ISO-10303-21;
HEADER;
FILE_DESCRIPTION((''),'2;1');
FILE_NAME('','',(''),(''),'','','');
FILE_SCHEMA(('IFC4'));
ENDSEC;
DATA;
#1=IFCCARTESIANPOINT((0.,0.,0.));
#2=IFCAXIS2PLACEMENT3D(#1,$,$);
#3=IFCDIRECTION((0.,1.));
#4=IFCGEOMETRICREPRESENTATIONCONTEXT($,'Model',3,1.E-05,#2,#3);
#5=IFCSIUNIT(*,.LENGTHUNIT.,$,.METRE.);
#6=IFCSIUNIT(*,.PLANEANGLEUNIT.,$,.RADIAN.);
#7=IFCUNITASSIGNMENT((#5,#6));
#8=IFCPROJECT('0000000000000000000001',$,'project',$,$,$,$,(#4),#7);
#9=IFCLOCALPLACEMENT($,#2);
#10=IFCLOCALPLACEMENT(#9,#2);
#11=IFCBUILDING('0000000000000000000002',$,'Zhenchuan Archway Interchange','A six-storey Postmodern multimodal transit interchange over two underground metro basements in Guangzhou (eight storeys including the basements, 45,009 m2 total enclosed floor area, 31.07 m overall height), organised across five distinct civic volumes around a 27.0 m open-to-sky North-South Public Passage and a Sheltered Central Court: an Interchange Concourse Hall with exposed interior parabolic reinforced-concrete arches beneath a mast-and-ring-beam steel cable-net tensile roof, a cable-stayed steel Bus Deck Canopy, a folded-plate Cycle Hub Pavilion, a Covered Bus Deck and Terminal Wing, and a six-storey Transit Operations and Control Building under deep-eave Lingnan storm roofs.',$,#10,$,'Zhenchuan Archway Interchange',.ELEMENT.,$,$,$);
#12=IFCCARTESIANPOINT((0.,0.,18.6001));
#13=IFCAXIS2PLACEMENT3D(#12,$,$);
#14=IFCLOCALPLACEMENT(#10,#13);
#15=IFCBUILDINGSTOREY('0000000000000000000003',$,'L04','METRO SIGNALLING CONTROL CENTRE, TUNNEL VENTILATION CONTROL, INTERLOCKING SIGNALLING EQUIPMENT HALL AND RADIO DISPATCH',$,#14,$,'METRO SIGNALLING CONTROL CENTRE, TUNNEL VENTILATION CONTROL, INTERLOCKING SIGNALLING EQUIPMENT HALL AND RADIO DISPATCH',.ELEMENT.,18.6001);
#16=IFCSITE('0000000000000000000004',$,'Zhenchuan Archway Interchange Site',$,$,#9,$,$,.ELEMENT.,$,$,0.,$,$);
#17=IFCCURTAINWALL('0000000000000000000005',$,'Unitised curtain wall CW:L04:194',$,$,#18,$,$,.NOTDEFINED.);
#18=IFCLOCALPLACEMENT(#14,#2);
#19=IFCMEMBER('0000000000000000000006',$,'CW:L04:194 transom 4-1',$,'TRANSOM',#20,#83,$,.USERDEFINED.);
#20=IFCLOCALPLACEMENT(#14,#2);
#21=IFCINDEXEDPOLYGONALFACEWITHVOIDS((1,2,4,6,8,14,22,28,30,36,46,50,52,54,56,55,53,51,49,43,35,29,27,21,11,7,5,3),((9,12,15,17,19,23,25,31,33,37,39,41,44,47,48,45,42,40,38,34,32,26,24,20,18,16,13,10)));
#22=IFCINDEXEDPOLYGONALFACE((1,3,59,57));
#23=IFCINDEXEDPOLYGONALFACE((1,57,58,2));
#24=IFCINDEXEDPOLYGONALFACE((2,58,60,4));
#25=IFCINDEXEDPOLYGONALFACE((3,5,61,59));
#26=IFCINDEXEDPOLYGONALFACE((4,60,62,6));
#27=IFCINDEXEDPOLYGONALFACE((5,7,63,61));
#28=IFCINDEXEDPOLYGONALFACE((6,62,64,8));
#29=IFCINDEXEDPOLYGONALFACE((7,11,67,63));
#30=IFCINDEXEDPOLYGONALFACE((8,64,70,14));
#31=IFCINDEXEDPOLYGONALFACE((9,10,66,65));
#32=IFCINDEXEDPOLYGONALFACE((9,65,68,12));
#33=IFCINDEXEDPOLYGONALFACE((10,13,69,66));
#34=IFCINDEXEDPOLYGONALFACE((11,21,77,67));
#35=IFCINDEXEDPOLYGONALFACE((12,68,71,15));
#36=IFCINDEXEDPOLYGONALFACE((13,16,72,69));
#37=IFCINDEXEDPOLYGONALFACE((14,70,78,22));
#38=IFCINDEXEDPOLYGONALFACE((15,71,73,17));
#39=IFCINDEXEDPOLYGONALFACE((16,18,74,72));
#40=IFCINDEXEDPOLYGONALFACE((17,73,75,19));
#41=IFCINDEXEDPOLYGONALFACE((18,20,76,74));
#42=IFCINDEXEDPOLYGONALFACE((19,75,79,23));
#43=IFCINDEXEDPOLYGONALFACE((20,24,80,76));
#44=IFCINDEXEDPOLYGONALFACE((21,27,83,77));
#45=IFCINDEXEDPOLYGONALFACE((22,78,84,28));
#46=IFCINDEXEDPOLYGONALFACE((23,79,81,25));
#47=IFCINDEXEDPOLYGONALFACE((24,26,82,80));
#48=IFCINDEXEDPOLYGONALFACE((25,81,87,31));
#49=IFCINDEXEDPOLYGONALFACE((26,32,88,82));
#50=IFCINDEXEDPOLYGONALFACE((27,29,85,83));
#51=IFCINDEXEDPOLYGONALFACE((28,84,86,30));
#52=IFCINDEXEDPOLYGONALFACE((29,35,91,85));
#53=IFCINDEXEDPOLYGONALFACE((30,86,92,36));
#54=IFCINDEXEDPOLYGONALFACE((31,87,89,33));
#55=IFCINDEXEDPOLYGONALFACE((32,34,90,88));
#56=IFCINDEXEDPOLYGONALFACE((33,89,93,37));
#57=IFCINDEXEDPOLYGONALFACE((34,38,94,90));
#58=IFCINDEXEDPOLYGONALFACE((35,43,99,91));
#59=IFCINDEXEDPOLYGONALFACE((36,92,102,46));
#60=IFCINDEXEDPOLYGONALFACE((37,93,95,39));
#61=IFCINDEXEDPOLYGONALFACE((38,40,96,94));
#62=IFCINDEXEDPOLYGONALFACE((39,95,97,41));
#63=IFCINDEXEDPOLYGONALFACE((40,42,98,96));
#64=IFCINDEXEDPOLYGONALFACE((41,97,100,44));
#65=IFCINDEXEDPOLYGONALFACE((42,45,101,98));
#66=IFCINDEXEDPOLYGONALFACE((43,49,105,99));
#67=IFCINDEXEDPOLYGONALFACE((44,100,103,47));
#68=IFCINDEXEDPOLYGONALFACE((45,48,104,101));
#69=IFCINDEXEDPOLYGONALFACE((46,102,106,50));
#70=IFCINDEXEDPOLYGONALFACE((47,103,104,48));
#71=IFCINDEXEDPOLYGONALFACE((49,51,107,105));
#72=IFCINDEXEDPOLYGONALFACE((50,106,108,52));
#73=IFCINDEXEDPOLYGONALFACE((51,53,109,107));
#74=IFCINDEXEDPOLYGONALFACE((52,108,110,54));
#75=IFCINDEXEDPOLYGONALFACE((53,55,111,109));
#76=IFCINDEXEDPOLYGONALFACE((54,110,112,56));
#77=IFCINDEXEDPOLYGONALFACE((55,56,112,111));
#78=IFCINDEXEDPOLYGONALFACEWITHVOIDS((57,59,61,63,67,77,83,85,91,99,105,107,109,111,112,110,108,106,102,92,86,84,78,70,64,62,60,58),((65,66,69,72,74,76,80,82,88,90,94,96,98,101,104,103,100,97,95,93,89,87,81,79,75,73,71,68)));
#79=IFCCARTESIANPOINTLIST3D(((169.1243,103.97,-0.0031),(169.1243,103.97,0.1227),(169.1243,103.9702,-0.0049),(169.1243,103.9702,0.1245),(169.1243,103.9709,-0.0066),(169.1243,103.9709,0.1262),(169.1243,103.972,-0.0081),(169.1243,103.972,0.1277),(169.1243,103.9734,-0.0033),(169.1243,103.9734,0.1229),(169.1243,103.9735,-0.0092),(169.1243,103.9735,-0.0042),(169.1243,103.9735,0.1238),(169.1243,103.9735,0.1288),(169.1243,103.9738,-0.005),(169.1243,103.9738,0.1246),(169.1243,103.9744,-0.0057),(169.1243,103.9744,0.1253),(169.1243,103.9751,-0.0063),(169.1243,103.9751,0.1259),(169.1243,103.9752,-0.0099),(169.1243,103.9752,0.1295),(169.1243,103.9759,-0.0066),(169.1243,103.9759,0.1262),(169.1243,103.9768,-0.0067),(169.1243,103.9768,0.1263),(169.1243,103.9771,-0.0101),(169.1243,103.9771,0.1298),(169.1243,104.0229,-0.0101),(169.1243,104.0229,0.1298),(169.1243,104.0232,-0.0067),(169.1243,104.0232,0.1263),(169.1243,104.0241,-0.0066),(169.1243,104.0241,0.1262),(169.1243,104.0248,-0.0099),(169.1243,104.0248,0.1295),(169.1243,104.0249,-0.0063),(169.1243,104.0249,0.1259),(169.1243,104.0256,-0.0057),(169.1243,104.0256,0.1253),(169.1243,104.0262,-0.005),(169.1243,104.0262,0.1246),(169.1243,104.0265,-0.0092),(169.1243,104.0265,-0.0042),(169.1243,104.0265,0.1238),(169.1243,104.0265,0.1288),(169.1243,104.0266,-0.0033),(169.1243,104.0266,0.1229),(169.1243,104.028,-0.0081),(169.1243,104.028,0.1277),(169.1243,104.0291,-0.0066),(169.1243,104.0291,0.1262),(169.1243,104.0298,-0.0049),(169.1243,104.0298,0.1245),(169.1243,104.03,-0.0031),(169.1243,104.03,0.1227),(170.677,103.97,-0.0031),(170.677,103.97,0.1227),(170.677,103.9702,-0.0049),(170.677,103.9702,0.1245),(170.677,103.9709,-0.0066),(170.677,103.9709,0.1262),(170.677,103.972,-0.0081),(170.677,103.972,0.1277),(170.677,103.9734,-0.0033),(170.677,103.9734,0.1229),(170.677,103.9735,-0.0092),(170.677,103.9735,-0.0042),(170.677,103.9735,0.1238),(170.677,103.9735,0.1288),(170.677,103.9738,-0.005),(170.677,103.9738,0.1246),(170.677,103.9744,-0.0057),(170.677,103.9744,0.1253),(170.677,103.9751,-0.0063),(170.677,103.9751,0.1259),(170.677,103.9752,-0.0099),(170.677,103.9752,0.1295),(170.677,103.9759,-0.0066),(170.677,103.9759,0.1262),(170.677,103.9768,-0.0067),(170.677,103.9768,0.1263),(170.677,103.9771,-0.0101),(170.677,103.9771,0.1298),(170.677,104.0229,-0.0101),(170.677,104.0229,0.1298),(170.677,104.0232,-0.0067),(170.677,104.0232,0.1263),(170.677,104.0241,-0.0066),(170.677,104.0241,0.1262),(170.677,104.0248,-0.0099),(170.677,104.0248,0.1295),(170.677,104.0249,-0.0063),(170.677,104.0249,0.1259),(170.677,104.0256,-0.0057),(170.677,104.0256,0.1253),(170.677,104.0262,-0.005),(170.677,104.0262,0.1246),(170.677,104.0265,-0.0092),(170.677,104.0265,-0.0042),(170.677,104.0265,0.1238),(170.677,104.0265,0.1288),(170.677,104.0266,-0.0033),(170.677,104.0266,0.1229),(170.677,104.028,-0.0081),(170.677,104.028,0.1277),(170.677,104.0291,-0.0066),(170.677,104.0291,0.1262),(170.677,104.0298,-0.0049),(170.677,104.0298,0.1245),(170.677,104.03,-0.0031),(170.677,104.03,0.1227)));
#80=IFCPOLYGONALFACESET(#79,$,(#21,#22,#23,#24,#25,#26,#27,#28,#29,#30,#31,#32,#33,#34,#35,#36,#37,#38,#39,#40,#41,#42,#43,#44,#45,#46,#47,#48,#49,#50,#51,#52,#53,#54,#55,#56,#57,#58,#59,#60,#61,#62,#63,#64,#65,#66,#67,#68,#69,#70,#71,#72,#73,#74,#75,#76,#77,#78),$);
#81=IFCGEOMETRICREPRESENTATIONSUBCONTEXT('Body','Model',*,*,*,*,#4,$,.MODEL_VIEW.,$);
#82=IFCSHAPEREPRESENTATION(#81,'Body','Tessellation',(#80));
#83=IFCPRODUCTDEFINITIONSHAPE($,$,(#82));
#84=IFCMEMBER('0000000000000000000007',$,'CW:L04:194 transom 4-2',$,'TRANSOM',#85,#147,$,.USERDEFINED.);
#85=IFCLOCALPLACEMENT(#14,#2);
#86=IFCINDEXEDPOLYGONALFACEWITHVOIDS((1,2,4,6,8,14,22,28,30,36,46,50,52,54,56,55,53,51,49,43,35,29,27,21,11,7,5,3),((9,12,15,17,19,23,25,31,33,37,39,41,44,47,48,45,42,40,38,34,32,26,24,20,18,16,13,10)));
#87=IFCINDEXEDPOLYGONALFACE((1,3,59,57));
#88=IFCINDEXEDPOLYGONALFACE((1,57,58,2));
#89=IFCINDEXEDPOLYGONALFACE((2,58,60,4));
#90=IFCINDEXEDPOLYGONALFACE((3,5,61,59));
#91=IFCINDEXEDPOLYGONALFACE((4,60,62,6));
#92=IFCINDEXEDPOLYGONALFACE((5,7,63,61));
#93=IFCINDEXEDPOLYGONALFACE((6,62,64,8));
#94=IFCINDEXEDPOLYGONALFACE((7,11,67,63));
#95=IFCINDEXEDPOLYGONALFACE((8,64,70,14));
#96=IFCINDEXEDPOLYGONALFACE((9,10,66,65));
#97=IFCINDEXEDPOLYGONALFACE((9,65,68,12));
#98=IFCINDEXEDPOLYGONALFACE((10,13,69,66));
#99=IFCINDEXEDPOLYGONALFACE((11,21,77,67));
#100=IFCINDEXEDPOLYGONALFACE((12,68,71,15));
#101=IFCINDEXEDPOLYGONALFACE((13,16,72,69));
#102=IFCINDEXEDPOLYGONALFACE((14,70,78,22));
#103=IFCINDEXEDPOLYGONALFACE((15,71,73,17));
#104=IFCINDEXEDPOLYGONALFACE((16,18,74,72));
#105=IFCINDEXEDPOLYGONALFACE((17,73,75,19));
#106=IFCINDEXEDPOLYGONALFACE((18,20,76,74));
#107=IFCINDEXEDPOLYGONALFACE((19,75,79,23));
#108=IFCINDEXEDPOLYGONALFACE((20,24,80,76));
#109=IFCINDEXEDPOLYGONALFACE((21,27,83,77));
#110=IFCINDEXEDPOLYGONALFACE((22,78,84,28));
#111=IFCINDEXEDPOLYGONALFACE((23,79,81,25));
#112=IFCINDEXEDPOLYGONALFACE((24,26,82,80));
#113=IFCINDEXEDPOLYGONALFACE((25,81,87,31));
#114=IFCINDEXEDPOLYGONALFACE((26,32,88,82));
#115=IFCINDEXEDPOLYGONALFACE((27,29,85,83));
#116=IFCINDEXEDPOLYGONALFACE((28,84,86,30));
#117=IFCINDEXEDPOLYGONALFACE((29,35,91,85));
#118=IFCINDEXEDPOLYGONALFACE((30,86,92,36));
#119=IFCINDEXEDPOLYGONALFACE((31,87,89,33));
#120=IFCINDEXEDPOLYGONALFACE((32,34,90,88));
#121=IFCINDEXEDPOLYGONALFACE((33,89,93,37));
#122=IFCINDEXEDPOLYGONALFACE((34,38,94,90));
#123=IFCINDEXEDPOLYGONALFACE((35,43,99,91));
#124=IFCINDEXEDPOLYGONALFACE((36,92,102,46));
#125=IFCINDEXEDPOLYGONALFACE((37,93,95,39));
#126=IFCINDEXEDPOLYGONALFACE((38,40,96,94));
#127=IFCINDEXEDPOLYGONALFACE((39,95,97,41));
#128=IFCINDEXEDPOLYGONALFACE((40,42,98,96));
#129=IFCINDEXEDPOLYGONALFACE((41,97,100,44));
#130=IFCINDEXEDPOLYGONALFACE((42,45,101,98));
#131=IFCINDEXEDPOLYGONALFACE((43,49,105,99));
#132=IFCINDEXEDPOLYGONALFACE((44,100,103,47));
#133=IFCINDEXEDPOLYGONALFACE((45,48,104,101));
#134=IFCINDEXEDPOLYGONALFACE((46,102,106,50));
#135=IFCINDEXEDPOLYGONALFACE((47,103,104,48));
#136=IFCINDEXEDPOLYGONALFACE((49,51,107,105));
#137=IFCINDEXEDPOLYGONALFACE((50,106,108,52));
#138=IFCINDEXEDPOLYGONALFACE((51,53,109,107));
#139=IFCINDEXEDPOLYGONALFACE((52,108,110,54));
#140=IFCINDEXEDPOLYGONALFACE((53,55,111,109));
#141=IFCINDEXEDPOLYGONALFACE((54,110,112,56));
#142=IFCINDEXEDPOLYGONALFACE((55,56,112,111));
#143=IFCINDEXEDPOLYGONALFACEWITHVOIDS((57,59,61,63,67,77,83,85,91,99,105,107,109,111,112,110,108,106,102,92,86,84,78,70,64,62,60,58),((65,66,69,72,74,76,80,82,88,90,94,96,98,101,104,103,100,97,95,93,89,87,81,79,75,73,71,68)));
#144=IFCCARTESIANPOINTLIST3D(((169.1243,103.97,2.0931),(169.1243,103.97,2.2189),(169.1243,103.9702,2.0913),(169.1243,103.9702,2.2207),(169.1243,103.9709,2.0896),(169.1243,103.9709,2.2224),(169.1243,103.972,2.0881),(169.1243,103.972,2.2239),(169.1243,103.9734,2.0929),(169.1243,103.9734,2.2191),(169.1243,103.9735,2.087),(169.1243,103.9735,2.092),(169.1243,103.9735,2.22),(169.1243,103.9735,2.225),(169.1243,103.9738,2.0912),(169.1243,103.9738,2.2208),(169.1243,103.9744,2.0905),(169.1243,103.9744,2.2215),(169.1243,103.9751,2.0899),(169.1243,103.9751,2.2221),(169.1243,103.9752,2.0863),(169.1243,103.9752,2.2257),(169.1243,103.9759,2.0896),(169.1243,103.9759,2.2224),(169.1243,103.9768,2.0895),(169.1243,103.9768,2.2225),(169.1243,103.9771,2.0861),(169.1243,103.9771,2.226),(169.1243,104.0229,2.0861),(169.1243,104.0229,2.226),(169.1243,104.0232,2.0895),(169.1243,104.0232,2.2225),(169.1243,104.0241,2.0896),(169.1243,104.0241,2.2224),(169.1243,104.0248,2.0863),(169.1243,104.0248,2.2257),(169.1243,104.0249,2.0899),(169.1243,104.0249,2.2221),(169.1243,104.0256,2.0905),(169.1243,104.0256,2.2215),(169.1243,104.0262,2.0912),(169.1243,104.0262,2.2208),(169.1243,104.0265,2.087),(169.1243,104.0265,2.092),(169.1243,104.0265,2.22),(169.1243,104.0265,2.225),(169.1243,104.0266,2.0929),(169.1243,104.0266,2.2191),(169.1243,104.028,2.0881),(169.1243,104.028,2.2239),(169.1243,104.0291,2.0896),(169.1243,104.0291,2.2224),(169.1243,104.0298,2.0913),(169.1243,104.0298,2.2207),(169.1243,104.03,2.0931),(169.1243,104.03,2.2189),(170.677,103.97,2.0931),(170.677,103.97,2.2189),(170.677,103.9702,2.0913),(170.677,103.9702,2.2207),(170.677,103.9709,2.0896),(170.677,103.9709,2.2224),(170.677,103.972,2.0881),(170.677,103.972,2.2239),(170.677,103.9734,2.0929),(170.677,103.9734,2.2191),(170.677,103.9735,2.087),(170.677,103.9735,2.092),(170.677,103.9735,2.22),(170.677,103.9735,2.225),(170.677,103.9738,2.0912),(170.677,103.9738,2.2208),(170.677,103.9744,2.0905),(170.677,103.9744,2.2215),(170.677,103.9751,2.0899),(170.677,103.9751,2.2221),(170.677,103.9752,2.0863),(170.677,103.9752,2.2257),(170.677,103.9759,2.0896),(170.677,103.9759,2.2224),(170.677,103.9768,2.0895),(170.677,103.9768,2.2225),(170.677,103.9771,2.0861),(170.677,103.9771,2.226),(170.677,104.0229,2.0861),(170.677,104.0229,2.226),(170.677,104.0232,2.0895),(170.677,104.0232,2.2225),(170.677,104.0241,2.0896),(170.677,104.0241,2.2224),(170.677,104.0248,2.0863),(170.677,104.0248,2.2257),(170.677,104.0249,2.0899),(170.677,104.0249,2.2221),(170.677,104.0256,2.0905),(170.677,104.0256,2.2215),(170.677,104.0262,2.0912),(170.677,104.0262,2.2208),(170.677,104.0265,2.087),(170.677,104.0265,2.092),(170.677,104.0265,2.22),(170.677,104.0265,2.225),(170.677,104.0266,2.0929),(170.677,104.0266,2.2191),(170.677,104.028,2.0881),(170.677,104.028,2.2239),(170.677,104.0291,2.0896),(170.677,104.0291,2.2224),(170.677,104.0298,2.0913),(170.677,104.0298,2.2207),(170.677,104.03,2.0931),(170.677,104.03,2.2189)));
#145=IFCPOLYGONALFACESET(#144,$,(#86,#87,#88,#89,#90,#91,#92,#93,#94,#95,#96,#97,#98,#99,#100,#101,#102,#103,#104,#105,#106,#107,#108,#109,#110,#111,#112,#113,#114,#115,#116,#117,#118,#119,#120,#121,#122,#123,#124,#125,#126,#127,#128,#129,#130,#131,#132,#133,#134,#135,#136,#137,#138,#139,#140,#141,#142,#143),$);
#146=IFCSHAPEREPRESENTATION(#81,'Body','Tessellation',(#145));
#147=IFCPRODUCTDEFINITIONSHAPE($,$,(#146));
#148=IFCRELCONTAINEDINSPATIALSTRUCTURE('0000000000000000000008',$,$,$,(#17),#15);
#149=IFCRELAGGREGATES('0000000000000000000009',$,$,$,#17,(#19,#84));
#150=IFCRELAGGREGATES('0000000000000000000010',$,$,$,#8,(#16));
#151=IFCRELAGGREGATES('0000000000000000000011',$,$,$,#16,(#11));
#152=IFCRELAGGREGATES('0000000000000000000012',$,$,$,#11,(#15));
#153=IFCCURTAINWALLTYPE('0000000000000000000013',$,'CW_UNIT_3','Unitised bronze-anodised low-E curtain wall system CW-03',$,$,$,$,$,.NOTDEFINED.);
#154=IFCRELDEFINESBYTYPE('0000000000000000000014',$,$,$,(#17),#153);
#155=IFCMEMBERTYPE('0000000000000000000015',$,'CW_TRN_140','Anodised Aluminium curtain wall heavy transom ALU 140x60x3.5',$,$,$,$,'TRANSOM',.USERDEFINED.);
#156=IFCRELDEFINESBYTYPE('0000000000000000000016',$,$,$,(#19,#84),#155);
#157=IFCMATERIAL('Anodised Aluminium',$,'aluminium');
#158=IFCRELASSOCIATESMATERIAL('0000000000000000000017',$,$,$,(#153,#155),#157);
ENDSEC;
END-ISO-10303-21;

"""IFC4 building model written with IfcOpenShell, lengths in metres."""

from ifc_helpers import new_model, si_unit, direction, frame, origin, origin_2d, place, context, subcontext, project, spatial, hollow_rectangle, extrude, material, material_profile, profile_set, type_object, element, aggregate, save


model = new_model("IFC4")

# Units and contexts
model_context = context("Model", 3, precision=1e-05, world=origin(), true_north=direction((0.0, 1.0)))
body_context = subcontext(model_context, "Body", "Model", "MODEL_VIEW")
ifc_project = project(units=[si_unit("LENGTHUNIT", "METRE"), si_unit("PLANEANGLEUNIT", "RADIAN")], contexts=[model_context])

# Site, building, storey
site_placement = place(None, origin())
site = spatial("IfcSite", under=ifc_project, at=site_placement, Name="Zhenchuan Archway Interchange Site", CompositionType="ELEMENT", RefElevation=0.0)
building_placement = place(site_placement, origin())
building = spatial("IfcBuilding", under=site, at=building_placement, Name="Zhenchuan Archway Interchange", Description="A six-storey Postmodern multimodal transit interchange over two underground metro basements in Guangzhou (eight storeys including the basements, 45,009 m2 total enclosed floor area, 31.07 m overall height), organised across five distinct civic volumes around a 27.0 m open-to-sky North-South Public Passage and a Sheltered Central Court: an Interchange Concourse Hall with exposed interior parabolic reinforced-concrete arches beneath a mast-and-ring-beam steel cable-net tensile roof, a cable-stayed steel Bus Deck Canopy, a folded-plate Cycle Hub Pavilion, a Covered Bus Deck and Terminal Wing, and a six-storey Transit Operations and Control Building under deep-eave Lingnan storm roofs.", LongName="Zhenchuan Archway Interchange", CompositionType="ELEMENT")
storey_placement = place(building_placement, frame((0.0, 0.0, 18.6001)))
storey = spatial("IfcBuildingStorey", under=building, at=storey_placement, Name="L04", Description="METRO SIGNALLING CONTROL CENTRE, TUNNEL VENTILATION CONTROL, INTERLOCKING SIGNALLING EQUIPMENT HALL AND RADIO DISPATCH", LongName="METRO SIGNALLING CONTROL CENTRE, TUNNEL VENTILATION CONTROL, INTERLOCKING SIGNALLING EQUIPMENT HALL AND RADIO DISPATCH", CompositionType="ELEMENT", Elevation=18.6001)

# Curtain wall, members
ifc_material_1 = material(Name="Anodised Aluminium", Category="aluminium")
curtain_wall_type = type_object("IfcCurtainWallType", Name="CW_UNIT_3", Description="Unitised bronze-anodised low-E curtain wall system CW-03", PredefinedType="NOTDEFINED", material=ifc_material_1)
curtain_wall_placement = place(storey_placement, origin())
curtain_wall = element("IfcCurtainWall", 1, at=curtain_wall_placement, inside=storey, type_object=curtain_wall_type, Name="Unitised curtain wall CW:L04:194", PredefinedType="NOTDEFINED")
ifc_material_profile_1 = material_profile(ifc_material_1, hollow_rectangle(XDim=0.0601, YDim=0.1399, WallThickness=0.0034, InnerFilletRadius=0.0034, OuterFilletRadius=0.0071, at=origin_2d()), Name="ALU 140x60x3.5")
ifc_profile_set_1 = profile_set([ifc_material_profile_1], Name="Anodised Aluminium")
member_type_1 = type_object("IfcMemberType", Name="CW_TRN_140", Description="Anodised Aluminium curtain wall heavy transom ALU 140x60x3.5", ElementType="TRANSOM", PredefinedType="USERDEFINED", material=ifc_profile_set_1)
member_1_placement = place(storey_placement, frame((169.1243, 104.0, 0.0598), z_axis=(1.0, 0.0, 0.0), x_axis=(0.0, 1.0, 0.0)))
member_1 = element("IfcMember", 2, at=member_1_placement, type_object=member_type_1, Name="CW:L04:194 transom 4-1", ObjectType="TRANSOM", PredefinedType="USERDEFINED", context=body_context, shape_type="SweptSolid", body=[
    extrude(hollow_rectangle(XDim=0.0601, YDim=0.1399, WallThickness=0.0034, InnerFilletRadius=0.0034, OuterFilletRadius=0.0071, at=origin_2d()), origin(), (0.0, 0.0, 1.0), 1.5527),
])
member_2_placement = place(storey_placement, frame((169.1243, 104.0, 2.156), z_axis=(1.0, 0.0, 0.0), x_axis=(0.0, 1.0, 0.0)))
member_2 = element("IfcMember", 3, at=member_2_placement, type_object=member_type_1, Name="CW:L04:194 transom 4-2", ObjectType="TRANSOM", PredefinedType="USERDEFINED", context=body_context, shape_type="SweptSolid", body=[
    extrude(hollow_rectangle(XDim=0.0601, YDim=0.1399, WallThickness=0.0034, InnerFilletRadius=0.0034, OuterFilletRadius=0.0071, at=origin_2d()), origin(), (0.0, 0.0, 1.0), 1.5527),
])

aggregate(curtain_wall, [member_1, member_2])

save(model, "model.ifc")
